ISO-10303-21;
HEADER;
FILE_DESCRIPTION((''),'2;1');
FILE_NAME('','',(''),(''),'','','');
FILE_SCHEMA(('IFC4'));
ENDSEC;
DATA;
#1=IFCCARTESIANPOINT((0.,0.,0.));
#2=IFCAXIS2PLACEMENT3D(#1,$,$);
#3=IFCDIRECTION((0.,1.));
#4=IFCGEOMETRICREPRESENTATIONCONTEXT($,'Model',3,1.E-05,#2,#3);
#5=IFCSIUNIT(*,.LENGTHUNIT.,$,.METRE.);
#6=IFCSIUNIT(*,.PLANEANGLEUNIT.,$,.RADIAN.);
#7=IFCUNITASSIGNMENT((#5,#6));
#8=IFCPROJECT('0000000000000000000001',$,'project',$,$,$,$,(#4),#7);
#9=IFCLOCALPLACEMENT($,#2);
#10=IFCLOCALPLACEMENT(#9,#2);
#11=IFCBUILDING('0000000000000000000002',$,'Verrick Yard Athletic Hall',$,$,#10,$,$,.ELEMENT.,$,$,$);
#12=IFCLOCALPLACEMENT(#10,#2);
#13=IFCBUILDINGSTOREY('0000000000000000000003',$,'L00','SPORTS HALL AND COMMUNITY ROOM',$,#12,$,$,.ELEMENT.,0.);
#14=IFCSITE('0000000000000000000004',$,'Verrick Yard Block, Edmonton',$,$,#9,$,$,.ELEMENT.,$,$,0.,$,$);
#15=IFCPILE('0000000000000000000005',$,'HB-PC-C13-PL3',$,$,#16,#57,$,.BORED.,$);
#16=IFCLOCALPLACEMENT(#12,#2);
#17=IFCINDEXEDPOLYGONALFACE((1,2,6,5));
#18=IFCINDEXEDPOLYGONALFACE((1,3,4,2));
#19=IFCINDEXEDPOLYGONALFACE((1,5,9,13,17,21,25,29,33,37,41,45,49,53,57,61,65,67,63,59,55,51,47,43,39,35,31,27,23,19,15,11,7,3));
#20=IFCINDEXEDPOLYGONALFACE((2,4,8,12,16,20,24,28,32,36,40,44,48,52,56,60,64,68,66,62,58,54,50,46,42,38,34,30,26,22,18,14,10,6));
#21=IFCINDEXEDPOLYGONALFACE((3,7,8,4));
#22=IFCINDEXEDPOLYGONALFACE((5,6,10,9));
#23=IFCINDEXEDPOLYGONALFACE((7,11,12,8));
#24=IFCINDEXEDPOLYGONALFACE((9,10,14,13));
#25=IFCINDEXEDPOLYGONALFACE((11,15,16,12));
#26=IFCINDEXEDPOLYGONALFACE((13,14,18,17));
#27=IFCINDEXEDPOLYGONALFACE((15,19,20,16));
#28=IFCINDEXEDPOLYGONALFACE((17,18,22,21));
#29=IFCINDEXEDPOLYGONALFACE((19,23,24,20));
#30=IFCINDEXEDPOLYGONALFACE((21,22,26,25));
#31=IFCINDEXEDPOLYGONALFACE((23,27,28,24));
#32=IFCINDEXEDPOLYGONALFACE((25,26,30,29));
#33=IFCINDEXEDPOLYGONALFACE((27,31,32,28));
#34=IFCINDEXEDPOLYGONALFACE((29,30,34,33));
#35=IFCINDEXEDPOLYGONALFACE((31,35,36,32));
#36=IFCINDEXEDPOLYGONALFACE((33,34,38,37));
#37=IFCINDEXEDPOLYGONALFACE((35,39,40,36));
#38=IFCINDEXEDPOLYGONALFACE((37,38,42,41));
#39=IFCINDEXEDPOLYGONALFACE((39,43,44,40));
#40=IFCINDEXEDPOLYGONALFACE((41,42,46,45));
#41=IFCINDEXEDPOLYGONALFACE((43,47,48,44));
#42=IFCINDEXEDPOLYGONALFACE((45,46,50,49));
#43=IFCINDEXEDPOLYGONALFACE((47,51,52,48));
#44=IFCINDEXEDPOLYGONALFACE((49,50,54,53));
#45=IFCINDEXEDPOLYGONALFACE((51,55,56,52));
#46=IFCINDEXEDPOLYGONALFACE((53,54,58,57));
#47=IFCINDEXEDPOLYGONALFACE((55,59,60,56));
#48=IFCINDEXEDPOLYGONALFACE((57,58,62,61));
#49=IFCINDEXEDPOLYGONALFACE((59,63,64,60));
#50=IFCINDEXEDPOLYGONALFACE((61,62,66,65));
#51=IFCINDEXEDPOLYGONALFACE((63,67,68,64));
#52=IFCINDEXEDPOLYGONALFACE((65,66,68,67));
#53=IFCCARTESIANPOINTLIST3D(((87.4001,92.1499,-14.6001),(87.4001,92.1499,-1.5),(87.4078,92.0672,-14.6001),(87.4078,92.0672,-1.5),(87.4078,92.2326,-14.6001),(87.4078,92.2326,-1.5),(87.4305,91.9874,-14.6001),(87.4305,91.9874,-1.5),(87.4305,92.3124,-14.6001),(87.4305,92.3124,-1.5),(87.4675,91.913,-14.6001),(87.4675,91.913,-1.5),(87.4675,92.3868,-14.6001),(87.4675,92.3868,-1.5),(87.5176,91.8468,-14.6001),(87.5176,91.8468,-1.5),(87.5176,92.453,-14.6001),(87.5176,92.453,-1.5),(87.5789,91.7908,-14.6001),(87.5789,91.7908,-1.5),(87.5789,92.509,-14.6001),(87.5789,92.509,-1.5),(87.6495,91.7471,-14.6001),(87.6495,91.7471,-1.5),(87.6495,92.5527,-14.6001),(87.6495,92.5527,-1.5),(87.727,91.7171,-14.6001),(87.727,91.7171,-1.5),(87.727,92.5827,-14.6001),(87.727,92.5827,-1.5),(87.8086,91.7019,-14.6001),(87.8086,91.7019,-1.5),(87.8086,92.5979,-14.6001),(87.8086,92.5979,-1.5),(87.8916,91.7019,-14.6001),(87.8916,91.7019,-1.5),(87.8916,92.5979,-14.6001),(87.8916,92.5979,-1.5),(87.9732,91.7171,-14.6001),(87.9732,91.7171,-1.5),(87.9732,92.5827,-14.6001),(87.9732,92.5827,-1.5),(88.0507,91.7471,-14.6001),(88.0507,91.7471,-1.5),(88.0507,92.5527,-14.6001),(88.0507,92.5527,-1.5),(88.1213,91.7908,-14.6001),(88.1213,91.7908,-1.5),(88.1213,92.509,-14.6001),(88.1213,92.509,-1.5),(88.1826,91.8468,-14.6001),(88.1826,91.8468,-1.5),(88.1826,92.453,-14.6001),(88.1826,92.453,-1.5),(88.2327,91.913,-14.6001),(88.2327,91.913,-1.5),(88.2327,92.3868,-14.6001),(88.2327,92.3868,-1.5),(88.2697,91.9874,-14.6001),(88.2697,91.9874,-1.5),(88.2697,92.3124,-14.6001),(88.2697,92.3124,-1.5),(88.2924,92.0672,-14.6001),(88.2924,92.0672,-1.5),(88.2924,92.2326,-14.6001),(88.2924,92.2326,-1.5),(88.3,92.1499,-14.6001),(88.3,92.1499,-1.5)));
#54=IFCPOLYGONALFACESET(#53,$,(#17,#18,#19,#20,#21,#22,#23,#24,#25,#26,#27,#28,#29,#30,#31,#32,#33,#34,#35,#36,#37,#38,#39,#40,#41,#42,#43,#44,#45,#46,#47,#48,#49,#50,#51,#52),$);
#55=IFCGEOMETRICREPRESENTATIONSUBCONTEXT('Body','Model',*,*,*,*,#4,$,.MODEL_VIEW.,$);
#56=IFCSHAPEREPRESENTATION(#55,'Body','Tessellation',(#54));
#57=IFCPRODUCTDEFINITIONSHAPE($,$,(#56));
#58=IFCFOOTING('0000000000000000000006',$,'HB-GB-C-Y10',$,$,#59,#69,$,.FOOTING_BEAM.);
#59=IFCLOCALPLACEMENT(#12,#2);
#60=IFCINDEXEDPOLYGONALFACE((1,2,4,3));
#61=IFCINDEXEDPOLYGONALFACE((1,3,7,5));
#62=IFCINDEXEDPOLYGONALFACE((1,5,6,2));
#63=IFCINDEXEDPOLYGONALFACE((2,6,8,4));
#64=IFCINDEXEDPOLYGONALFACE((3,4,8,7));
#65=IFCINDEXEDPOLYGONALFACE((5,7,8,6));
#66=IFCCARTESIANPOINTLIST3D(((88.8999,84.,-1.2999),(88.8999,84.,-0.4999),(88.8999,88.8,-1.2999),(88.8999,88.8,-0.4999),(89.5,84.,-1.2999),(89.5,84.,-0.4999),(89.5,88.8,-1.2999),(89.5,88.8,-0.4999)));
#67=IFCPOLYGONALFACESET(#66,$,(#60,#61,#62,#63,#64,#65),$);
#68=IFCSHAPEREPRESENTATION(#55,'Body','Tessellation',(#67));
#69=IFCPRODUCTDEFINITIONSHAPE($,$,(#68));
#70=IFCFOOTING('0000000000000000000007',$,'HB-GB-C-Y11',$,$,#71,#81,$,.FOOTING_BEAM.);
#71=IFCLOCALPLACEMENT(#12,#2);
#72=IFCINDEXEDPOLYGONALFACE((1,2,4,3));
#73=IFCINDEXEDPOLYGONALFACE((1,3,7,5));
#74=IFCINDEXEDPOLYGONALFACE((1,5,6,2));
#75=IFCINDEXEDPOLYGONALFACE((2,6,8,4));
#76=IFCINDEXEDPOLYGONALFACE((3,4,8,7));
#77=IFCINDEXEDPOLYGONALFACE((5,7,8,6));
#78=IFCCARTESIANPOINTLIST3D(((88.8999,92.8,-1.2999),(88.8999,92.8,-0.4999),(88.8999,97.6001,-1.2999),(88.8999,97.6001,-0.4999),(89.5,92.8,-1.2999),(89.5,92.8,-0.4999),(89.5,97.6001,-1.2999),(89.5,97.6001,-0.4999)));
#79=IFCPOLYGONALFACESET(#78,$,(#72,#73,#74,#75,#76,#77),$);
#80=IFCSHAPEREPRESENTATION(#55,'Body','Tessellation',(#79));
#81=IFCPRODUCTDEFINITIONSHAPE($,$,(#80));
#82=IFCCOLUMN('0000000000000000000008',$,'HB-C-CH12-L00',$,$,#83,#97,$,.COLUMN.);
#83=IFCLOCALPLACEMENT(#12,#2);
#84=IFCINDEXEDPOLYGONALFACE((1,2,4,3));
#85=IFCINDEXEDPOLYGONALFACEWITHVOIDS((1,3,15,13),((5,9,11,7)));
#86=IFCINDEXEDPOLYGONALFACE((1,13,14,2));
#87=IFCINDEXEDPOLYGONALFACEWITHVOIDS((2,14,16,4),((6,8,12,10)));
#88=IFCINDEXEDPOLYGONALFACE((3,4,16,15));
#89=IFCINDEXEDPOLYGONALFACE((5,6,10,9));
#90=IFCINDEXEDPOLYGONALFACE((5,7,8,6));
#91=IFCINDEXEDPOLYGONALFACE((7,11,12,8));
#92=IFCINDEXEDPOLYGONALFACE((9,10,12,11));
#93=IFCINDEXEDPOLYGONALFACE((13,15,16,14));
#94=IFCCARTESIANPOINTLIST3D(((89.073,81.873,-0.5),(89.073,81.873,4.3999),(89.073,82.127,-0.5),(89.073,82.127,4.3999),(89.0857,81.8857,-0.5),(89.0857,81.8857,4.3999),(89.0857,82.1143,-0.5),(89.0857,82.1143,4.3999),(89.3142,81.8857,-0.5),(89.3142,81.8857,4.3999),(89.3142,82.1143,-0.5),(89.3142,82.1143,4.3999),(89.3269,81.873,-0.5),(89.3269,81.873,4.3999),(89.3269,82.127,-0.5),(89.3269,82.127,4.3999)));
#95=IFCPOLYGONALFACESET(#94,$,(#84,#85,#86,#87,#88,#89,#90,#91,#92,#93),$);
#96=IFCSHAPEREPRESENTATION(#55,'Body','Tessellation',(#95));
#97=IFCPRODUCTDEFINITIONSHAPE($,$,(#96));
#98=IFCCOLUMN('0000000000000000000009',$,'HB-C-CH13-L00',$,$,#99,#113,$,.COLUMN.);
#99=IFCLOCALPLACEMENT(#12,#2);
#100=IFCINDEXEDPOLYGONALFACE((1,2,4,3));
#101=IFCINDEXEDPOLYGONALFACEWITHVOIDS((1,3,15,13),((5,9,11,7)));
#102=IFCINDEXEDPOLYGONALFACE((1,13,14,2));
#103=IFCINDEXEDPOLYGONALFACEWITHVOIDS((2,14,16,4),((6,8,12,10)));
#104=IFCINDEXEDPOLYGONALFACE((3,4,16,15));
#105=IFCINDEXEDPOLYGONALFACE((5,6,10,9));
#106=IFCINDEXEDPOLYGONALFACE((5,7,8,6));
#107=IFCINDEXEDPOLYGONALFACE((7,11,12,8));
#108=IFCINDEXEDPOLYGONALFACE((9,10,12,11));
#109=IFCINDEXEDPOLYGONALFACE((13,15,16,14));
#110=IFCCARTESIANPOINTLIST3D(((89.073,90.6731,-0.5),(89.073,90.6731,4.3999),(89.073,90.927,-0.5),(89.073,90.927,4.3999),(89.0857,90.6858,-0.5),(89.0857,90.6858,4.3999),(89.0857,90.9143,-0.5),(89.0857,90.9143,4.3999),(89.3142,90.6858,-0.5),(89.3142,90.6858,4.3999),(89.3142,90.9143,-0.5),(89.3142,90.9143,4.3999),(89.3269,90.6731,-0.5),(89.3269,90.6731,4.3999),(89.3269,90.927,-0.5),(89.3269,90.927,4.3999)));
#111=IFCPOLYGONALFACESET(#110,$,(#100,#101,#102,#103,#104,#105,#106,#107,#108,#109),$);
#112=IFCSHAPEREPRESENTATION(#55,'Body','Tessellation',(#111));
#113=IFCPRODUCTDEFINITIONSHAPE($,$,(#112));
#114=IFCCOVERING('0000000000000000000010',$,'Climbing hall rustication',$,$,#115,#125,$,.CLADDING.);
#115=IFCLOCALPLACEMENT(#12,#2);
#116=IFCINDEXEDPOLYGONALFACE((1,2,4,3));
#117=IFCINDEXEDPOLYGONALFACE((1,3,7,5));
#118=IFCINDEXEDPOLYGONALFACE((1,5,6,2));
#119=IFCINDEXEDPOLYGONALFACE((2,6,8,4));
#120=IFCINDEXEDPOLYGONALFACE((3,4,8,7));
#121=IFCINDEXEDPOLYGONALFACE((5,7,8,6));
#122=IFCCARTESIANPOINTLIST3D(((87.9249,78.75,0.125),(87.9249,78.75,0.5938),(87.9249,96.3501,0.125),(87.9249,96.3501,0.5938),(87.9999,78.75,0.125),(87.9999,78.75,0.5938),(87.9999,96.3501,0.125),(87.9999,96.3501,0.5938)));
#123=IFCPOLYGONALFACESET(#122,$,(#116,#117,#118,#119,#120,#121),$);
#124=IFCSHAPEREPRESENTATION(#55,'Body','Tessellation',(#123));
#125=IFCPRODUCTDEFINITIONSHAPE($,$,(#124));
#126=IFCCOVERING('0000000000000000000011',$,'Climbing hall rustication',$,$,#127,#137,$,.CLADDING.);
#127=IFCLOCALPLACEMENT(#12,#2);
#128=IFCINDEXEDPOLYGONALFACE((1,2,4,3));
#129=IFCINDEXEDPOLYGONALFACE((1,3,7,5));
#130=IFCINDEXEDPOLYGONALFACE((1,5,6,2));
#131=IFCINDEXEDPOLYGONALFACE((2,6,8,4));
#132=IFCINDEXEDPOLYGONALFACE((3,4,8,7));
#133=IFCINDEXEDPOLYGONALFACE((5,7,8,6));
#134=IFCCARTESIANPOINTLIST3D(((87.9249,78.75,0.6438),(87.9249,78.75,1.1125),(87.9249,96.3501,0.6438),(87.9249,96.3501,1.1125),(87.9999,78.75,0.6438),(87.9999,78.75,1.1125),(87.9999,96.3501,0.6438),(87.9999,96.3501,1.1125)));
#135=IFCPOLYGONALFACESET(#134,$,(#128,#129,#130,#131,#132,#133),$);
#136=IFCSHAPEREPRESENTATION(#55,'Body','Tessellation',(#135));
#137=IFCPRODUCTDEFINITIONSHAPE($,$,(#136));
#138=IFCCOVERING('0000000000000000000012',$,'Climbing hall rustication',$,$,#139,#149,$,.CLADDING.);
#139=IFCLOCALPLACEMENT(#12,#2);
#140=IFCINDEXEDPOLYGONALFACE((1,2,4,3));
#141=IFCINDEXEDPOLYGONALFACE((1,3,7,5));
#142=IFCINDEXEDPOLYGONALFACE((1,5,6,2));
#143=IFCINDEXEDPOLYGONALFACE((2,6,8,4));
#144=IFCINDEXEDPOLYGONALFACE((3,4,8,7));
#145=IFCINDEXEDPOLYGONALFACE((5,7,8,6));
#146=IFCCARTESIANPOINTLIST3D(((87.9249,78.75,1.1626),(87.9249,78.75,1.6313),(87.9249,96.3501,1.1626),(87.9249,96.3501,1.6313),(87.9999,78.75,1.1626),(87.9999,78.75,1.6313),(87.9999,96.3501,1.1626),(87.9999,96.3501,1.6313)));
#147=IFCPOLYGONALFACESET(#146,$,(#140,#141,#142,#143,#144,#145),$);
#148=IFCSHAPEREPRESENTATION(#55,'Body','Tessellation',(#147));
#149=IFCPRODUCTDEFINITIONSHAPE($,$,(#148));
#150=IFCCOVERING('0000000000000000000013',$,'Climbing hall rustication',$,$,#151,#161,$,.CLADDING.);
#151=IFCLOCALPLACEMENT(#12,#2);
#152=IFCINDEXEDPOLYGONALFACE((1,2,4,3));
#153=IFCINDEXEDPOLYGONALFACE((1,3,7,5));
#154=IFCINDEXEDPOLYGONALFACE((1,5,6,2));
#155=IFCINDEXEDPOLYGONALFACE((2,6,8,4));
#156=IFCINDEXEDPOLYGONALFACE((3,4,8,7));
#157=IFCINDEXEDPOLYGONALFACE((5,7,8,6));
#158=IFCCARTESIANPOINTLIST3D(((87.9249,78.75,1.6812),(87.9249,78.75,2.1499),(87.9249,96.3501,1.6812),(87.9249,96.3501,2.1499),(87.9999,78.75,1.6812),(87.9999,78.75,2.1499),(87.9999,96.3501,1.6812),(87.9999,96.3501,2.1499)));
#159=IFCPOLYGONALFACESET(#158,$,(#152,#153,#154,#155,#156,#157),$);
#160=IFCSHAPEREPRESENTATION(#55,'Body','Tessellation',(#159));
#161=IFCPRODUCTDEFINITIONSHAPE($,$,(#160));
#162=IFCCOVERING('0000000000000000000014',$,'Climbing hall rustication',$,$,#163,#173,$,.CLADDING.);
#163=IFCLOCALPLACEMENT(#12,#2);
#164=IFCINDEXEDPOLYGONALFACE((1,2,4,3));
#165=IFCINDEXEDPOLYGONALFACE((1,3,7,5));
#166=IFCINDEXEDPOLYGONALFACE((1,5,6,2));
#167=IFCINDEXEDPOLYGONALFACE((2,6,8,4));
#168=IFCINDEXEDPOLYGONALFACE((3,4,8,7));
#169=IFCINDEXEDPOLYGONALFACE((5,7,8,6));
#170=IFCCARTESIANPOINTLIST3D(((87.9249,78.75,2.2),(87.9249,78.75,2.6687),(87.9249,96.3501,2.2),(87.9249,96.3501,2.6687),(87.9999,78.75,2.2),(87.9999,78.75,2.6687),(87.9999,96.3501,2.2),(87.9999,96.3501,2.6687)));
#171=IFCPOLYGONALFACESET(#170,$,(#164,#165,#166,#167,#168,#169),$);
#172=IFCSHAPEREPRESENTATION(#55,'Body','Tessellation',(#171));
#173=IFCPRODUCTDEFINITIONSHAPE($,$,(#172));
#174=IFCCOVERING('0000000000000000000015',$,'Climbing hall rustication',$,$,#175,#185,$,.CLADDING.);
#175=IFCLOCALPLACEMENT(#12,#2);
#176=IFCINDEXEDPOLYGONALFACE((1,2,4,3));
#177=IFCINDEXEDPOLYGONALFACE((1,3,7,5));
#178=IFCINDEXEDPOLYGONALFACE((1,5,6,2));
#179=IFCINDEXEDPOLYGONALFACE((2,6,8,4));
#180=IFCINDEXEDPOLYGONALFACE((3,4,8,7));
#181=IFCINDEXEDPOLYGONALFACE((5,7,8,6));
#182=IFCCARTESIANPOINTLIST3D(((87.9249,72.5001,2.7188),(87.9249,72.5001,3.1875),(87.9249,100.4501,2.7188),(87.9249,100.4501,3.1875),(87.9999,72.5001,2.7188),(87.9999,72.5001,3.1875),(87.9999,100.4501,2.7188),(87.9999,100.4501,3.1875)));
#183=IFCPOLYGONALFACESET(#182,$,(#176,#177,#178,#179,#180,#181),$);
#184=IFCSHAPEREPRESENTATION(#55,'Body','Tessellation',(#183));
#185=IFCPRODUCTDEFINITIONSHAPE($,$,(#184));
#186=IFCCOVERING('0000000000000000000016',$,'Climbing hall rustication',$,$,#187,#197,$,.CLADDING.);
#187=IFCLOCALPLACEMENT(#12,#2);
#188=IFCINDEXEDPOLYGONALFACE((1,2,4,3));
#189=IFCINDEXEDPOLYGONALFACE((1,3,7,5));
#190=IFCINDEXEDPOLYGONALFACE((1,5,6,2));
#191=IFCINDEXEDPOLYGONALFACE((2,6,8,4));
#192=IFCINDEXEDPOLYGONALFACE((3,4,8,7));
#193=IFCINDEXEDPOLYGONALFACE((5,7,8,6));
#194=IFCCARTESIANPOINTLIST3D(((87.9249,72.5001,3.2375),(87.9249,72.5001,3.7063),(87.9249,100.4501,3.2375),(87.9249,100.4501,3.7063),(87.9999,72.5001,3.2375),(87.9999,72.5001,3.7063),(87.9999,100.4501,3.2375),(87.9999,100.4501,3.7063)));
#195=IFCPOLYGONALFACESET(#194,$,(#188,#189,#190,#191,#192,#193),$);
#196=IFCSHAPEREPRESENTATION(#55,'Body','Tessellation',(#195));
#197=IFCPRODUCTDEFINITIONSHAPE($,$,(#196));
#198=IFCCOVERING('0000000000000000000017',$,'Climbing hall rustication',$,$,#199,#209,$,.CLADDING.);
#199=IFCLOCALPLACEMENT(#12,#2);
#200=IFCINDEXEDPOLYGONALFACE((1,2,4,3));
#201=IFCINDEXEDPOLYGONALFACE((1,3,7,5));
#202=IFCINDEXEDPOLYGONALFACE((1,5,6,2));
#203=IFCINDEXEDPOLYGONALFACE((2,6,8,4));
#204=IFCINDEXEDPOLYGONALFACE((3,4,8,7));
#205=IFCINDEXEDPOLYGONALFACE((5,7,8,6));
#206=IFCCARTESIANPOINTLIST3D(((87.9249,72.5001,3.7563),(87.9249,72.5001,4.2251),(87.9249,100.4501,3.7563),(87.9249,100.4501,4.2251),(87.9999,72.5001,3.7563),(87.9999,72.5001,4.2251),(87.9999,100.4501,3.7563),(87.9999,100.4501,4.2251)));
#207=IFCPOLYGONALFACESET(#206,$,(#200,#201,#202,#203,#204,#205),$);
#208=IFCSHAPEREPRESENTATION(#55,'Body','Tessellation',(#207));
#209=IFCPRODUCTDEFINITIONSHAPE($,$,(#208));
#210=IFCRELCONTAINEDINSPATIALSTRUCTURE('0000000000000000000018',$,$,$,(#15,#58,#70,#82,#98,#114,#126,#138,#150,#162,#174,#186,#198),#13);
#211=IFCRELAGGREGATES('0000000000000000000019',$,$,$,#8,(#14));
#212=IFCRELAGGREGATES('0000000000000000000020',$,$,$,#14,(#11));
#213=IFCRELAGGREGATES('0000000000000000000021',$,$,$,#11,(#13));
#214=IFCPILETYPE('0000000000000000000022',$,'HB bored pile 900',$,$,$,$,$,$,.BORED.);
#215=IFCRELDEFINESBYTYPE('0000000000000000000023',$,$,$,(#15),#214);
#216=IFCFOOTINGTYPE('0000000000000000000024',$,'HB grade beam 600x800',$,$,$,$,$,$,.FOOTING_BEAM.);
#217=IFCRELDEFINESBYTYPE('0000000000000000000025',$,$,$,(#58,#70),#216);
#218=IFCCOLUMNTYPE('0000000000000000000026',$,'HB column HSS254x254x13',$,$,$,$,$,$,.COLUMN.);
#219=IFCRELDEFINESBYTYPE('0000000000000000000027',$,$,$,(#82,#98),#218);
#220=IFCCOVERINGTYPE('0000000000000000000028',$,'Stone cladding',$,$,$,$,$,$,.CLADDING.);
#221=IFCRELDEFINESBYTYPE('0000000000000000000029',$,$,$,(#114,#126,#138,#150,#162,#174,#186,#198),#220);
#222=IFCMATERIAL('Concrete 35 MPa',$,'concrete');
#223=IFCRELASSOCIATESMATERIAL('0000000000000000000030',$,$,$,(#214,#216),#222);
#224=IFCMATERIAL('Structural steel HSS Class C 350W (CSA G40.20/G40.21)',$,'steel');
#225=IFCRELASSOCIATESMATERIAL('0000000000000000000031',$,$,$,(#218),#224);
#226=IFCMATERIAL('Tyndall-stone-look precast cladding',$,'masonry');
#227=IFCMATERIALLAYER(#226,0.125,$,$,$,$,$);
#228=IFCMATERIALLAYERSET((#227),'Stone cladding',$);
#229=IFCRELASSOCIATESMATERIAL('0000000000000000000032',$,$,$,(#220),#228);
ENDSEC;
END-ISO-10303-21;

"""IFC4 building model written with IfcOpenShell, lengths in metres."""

from ifc_helpers import new_model, si_unit, direction, frame, origin, origin_2d, place, context, subcontext, project, spatial, rectangle, hollow_rectangle, circle, extrude, material, layer, layer_set, material_profile, profile_set, type_object, element, save


model = new_model("IFC4")

# Units and contexts
model_context = context("Model", 3, precision=1e-05, world=origin(), true_north=direction((0.0, 1.0)))
body_context = subcontext(model_context, "Body", "Model", "MODEL_VIEW")
ifc_project = project(units=[si_unit("LENGTHUNIT", "METRE"), si_unit("PLANEANGLEUNIT", "RADIAN")], contexts=[model_context])

# Site, building, storey
site_placement = place(None, origin())
site = spatial("IfcSite", under=ifc_project, at=site_placement, Name="Verrick Yard Block, Edmonton", CompositionType="ELEMENT", RefElevation=0.0)
building_placement = place(site_placement, origin())
building = spatial("IfcBuilding", under=site, at=building_placement, Name="Verrick Yard Athletic Hall", CompositionType="ELEMENT")
storey_placement = place(building_placement, origin())
storey = spatial("IfcBuildingStorey", under=building, at=storey_placement, Name="L00", Description="SPORTS HALL AND COMMUNITY ROOM", CompositionType="ELEMENT", Elevation=0.0)

# Pile
ifc_material_1 = material(Name="Concrete 35 MPa", Category="concrete")
ifc_material_profile_1 = material_profile(ifc_material_1, circle(Radius=0.45, at=origin_2d()), Name="Bored pile 900")
ifc_profile_set_1 = profile_set([ifc_material_profile_1], Name="Concrete 35 MPa")
pile_type = type_object("IfcPileType", Name="HB bored pile 900", PredefinedType="BORED", material=ifc_profile_set_1)
for number, where, z_axis, x_axis, name in (
    (1, (87.8501, 92.1499, -1.5), (0.0, 0.0, -1.0), (1.0, 0.0, 0.0), "HB-PC-C13-PL3"),
):
    element("IfcPile", number, at=place(storey_placement, frame(where, z_axis=z_axis, x_axis=x_axis)), inside=storey, type_object=pile_type, Name=name, PredefinedType="BORED", context=body_context, shape_type="SweptSolid", body=[
        extrude(circle(Radius=0.45, at=origin_2d()), origin(), (0.0, 0.0, 1.0), 13.1001),
    ])

# Footings
ifc_material_profile_2 = material_profile(ifc_material_1, rectangle(XDim=0.6001, YDim=0.8, at=origin_2d()), Name="Grade beam 600x800")
ifc_profile_set_2 = profile_set([ifc_material_profile_2], Name="Concrete 35 MPa")
footing_type = type_object("IfcFootingType", Name="HB grade beam 600x800", PredefinedType="FOOTING_BEAM", material=ifc_profile_set_2)
for number, where, z_axis, x_axis, name in (
    (2, (89.2, 84.0, -0.8999), (0.0, 1.0, 0.0), (-1.0, 0.0, 0.0), "HB-GB-C-Y10"),
    (3, (89.2, 92.8, -0.8999), (0.0, 1.0, 0.0), (-1.0, 0.0, 0.0), "HB-GB-C-Y11"),
):
    element("IfcFooting", number, at=place(storey_placement, frame(where, z_axis=z_axis, x_axis=x_axis)), inside=storey, type_object=footing_type, Name=name, PredefinedType="FOOTING_BEAM", context=body_context, shape_type="SweptSolid", body=[
        extrude(rectangle(XDim=0.6001, YDim=0.8, at=origin_2d()), origin(), (0.0, 0.0, 1.0), 4.8),
    ])

# Columns
ifc_material_2 = material(Name="Structural steel HSS Class C 350W (CSA G40.20/G40.21)", Category="steel")
ifc_material_profile_3 = material_profile(ifc_material_2, hollow_rectangle(XDim=0.2539, YDim=0.2539, WallThickness=0.0127, at=origin_2d()), Name="HSS254x254x13")
ifc_profile_set_3 = profile_set([ifc_material_profile_3], Name="Structural steel HSS Class C 350W (CSA G40.20/G40.21)")
column_type = type_object("IfcColumnType", Name="HB column HSS254x254x13", PredefinedType="COLUMN", material=ifc_profile_set_3)
for number, where, z_axis, x_axis, name in (
    (4, (89.2, 82.0, -0.5), (0.0, 0.0, 1.0), (1.0, 0.0, 0.0), "HB-C-CH12-L00"),
    (5, (89.2, 90.8, -0.5), (0.0, 0.0, 1.0), (1.0, 0.0, 0.0), "HB-C-CH13-L00"),
):
    element("IfcColumn", number, at=place(storey_placement, frame(where, z_axis=z_axis, x_axis=x_axis)), inside=storey, type_object=column_type, Name=name, PredefinedType="COLUMN", context=body_context, shape_type="SweptSolid", body=[
        extrude(hollow_rectangle(XDim=0.2539, YDim=0.2539, WallThickness=0.0127, at=origin_2d()), origin(), (0.0, 0.0, 1.0), 4.8999),
    ])

# Coverings
ifc_material_3 = material(Name="Tyndall-stone-look precast cladding", Category="masonry")
ifc_layer_1 = layer(ifc_material_3, 0.125)
ifc_layer_set_1 = layer_set([ifc_layer_1], Name="Stone cladding")
covering_type_1 = type_object("IfcCoveringType", Name="Stone cladding", PredefinedType="CLADDING", material=ifc_layer_set_1)
for number, where, z_axis, x_axis, name in (
    (6, (87.9624, 87.55, 0.125), (0.0, 0.0, 1.0), (0.0, 1.0, 0.0), "Climbing hall rustication"),
    (7, (87.9624, 87.55, 0.6438), (0.0, 0.0, 1.0), (0.0, 1.0, 0.0), "Climbing hall rustication"),
    (8, (87.9624, 87.55, 1.1626), (0.0, 0.0, 1.0), (0.0, 1.0, 0.0), "Climbing hall rustication"),
    (9, (87.9624, 87.55, 1.6812), (0.0, 0.0, 1.0), (0.0, 1.0, 0.0), "Climbing hall rustication"),
    (10, (87.9624, 87.55, 2.2), (0.0, 0.0, 1.0), (0.0, 1.0, 0.0), "Climbing hall rustication"),
):
    element("IfcCovering", number, at=place(storey_placement, frame(where, z_axis=z_axis, x_axis=x_axis)), inside=storey, type_object=covering_type_1, Name=name, PredefinedType="CLADDING", context=body_context, shape_type="SweptSolid", body=[
        extrude(rectangle(XDim=17.6001, YDim=0.075, at=origin_2d()), origin(), (0.0, 0.0, 1.0), 0.4688),
    ])
for number, where, z_axis, x_axis, name in (
    (11, (87.9624, 86.4751, 2.7188), (0.0, 0.0, 1.0), (0.0, 1.0, 0.0), "Climbing hall rustication"),
    (12, (87.9624, 86.4751, 3.2375), (0.0, 0.0, 1.0), (0.0, 1.0, 0.0), "Climbing hall rustication"),
    (13, (87.9624, 86.4751, 3.7563), (0.0, 0.0, 1.0), (0.0, 1.0, 0.0), "Climbing hall rustication"),
):
    element("IfcCovering", number, at=place(storey_placement, frame(where, z_axis=z_axis, x_axis=x_axis)), inside=storey, type_object=covering_type_1, Name=name, PredefinedType="CLADDING", context=body_context, shape_type="SweptSolid", body=[
        extrude(rectangle(XDim=27.95, YDim=0.075, at=origin_2d()), origin(), (0.0, 0.0, 1.0), 0.4688),
    ])

save(model, "model.ifc")
